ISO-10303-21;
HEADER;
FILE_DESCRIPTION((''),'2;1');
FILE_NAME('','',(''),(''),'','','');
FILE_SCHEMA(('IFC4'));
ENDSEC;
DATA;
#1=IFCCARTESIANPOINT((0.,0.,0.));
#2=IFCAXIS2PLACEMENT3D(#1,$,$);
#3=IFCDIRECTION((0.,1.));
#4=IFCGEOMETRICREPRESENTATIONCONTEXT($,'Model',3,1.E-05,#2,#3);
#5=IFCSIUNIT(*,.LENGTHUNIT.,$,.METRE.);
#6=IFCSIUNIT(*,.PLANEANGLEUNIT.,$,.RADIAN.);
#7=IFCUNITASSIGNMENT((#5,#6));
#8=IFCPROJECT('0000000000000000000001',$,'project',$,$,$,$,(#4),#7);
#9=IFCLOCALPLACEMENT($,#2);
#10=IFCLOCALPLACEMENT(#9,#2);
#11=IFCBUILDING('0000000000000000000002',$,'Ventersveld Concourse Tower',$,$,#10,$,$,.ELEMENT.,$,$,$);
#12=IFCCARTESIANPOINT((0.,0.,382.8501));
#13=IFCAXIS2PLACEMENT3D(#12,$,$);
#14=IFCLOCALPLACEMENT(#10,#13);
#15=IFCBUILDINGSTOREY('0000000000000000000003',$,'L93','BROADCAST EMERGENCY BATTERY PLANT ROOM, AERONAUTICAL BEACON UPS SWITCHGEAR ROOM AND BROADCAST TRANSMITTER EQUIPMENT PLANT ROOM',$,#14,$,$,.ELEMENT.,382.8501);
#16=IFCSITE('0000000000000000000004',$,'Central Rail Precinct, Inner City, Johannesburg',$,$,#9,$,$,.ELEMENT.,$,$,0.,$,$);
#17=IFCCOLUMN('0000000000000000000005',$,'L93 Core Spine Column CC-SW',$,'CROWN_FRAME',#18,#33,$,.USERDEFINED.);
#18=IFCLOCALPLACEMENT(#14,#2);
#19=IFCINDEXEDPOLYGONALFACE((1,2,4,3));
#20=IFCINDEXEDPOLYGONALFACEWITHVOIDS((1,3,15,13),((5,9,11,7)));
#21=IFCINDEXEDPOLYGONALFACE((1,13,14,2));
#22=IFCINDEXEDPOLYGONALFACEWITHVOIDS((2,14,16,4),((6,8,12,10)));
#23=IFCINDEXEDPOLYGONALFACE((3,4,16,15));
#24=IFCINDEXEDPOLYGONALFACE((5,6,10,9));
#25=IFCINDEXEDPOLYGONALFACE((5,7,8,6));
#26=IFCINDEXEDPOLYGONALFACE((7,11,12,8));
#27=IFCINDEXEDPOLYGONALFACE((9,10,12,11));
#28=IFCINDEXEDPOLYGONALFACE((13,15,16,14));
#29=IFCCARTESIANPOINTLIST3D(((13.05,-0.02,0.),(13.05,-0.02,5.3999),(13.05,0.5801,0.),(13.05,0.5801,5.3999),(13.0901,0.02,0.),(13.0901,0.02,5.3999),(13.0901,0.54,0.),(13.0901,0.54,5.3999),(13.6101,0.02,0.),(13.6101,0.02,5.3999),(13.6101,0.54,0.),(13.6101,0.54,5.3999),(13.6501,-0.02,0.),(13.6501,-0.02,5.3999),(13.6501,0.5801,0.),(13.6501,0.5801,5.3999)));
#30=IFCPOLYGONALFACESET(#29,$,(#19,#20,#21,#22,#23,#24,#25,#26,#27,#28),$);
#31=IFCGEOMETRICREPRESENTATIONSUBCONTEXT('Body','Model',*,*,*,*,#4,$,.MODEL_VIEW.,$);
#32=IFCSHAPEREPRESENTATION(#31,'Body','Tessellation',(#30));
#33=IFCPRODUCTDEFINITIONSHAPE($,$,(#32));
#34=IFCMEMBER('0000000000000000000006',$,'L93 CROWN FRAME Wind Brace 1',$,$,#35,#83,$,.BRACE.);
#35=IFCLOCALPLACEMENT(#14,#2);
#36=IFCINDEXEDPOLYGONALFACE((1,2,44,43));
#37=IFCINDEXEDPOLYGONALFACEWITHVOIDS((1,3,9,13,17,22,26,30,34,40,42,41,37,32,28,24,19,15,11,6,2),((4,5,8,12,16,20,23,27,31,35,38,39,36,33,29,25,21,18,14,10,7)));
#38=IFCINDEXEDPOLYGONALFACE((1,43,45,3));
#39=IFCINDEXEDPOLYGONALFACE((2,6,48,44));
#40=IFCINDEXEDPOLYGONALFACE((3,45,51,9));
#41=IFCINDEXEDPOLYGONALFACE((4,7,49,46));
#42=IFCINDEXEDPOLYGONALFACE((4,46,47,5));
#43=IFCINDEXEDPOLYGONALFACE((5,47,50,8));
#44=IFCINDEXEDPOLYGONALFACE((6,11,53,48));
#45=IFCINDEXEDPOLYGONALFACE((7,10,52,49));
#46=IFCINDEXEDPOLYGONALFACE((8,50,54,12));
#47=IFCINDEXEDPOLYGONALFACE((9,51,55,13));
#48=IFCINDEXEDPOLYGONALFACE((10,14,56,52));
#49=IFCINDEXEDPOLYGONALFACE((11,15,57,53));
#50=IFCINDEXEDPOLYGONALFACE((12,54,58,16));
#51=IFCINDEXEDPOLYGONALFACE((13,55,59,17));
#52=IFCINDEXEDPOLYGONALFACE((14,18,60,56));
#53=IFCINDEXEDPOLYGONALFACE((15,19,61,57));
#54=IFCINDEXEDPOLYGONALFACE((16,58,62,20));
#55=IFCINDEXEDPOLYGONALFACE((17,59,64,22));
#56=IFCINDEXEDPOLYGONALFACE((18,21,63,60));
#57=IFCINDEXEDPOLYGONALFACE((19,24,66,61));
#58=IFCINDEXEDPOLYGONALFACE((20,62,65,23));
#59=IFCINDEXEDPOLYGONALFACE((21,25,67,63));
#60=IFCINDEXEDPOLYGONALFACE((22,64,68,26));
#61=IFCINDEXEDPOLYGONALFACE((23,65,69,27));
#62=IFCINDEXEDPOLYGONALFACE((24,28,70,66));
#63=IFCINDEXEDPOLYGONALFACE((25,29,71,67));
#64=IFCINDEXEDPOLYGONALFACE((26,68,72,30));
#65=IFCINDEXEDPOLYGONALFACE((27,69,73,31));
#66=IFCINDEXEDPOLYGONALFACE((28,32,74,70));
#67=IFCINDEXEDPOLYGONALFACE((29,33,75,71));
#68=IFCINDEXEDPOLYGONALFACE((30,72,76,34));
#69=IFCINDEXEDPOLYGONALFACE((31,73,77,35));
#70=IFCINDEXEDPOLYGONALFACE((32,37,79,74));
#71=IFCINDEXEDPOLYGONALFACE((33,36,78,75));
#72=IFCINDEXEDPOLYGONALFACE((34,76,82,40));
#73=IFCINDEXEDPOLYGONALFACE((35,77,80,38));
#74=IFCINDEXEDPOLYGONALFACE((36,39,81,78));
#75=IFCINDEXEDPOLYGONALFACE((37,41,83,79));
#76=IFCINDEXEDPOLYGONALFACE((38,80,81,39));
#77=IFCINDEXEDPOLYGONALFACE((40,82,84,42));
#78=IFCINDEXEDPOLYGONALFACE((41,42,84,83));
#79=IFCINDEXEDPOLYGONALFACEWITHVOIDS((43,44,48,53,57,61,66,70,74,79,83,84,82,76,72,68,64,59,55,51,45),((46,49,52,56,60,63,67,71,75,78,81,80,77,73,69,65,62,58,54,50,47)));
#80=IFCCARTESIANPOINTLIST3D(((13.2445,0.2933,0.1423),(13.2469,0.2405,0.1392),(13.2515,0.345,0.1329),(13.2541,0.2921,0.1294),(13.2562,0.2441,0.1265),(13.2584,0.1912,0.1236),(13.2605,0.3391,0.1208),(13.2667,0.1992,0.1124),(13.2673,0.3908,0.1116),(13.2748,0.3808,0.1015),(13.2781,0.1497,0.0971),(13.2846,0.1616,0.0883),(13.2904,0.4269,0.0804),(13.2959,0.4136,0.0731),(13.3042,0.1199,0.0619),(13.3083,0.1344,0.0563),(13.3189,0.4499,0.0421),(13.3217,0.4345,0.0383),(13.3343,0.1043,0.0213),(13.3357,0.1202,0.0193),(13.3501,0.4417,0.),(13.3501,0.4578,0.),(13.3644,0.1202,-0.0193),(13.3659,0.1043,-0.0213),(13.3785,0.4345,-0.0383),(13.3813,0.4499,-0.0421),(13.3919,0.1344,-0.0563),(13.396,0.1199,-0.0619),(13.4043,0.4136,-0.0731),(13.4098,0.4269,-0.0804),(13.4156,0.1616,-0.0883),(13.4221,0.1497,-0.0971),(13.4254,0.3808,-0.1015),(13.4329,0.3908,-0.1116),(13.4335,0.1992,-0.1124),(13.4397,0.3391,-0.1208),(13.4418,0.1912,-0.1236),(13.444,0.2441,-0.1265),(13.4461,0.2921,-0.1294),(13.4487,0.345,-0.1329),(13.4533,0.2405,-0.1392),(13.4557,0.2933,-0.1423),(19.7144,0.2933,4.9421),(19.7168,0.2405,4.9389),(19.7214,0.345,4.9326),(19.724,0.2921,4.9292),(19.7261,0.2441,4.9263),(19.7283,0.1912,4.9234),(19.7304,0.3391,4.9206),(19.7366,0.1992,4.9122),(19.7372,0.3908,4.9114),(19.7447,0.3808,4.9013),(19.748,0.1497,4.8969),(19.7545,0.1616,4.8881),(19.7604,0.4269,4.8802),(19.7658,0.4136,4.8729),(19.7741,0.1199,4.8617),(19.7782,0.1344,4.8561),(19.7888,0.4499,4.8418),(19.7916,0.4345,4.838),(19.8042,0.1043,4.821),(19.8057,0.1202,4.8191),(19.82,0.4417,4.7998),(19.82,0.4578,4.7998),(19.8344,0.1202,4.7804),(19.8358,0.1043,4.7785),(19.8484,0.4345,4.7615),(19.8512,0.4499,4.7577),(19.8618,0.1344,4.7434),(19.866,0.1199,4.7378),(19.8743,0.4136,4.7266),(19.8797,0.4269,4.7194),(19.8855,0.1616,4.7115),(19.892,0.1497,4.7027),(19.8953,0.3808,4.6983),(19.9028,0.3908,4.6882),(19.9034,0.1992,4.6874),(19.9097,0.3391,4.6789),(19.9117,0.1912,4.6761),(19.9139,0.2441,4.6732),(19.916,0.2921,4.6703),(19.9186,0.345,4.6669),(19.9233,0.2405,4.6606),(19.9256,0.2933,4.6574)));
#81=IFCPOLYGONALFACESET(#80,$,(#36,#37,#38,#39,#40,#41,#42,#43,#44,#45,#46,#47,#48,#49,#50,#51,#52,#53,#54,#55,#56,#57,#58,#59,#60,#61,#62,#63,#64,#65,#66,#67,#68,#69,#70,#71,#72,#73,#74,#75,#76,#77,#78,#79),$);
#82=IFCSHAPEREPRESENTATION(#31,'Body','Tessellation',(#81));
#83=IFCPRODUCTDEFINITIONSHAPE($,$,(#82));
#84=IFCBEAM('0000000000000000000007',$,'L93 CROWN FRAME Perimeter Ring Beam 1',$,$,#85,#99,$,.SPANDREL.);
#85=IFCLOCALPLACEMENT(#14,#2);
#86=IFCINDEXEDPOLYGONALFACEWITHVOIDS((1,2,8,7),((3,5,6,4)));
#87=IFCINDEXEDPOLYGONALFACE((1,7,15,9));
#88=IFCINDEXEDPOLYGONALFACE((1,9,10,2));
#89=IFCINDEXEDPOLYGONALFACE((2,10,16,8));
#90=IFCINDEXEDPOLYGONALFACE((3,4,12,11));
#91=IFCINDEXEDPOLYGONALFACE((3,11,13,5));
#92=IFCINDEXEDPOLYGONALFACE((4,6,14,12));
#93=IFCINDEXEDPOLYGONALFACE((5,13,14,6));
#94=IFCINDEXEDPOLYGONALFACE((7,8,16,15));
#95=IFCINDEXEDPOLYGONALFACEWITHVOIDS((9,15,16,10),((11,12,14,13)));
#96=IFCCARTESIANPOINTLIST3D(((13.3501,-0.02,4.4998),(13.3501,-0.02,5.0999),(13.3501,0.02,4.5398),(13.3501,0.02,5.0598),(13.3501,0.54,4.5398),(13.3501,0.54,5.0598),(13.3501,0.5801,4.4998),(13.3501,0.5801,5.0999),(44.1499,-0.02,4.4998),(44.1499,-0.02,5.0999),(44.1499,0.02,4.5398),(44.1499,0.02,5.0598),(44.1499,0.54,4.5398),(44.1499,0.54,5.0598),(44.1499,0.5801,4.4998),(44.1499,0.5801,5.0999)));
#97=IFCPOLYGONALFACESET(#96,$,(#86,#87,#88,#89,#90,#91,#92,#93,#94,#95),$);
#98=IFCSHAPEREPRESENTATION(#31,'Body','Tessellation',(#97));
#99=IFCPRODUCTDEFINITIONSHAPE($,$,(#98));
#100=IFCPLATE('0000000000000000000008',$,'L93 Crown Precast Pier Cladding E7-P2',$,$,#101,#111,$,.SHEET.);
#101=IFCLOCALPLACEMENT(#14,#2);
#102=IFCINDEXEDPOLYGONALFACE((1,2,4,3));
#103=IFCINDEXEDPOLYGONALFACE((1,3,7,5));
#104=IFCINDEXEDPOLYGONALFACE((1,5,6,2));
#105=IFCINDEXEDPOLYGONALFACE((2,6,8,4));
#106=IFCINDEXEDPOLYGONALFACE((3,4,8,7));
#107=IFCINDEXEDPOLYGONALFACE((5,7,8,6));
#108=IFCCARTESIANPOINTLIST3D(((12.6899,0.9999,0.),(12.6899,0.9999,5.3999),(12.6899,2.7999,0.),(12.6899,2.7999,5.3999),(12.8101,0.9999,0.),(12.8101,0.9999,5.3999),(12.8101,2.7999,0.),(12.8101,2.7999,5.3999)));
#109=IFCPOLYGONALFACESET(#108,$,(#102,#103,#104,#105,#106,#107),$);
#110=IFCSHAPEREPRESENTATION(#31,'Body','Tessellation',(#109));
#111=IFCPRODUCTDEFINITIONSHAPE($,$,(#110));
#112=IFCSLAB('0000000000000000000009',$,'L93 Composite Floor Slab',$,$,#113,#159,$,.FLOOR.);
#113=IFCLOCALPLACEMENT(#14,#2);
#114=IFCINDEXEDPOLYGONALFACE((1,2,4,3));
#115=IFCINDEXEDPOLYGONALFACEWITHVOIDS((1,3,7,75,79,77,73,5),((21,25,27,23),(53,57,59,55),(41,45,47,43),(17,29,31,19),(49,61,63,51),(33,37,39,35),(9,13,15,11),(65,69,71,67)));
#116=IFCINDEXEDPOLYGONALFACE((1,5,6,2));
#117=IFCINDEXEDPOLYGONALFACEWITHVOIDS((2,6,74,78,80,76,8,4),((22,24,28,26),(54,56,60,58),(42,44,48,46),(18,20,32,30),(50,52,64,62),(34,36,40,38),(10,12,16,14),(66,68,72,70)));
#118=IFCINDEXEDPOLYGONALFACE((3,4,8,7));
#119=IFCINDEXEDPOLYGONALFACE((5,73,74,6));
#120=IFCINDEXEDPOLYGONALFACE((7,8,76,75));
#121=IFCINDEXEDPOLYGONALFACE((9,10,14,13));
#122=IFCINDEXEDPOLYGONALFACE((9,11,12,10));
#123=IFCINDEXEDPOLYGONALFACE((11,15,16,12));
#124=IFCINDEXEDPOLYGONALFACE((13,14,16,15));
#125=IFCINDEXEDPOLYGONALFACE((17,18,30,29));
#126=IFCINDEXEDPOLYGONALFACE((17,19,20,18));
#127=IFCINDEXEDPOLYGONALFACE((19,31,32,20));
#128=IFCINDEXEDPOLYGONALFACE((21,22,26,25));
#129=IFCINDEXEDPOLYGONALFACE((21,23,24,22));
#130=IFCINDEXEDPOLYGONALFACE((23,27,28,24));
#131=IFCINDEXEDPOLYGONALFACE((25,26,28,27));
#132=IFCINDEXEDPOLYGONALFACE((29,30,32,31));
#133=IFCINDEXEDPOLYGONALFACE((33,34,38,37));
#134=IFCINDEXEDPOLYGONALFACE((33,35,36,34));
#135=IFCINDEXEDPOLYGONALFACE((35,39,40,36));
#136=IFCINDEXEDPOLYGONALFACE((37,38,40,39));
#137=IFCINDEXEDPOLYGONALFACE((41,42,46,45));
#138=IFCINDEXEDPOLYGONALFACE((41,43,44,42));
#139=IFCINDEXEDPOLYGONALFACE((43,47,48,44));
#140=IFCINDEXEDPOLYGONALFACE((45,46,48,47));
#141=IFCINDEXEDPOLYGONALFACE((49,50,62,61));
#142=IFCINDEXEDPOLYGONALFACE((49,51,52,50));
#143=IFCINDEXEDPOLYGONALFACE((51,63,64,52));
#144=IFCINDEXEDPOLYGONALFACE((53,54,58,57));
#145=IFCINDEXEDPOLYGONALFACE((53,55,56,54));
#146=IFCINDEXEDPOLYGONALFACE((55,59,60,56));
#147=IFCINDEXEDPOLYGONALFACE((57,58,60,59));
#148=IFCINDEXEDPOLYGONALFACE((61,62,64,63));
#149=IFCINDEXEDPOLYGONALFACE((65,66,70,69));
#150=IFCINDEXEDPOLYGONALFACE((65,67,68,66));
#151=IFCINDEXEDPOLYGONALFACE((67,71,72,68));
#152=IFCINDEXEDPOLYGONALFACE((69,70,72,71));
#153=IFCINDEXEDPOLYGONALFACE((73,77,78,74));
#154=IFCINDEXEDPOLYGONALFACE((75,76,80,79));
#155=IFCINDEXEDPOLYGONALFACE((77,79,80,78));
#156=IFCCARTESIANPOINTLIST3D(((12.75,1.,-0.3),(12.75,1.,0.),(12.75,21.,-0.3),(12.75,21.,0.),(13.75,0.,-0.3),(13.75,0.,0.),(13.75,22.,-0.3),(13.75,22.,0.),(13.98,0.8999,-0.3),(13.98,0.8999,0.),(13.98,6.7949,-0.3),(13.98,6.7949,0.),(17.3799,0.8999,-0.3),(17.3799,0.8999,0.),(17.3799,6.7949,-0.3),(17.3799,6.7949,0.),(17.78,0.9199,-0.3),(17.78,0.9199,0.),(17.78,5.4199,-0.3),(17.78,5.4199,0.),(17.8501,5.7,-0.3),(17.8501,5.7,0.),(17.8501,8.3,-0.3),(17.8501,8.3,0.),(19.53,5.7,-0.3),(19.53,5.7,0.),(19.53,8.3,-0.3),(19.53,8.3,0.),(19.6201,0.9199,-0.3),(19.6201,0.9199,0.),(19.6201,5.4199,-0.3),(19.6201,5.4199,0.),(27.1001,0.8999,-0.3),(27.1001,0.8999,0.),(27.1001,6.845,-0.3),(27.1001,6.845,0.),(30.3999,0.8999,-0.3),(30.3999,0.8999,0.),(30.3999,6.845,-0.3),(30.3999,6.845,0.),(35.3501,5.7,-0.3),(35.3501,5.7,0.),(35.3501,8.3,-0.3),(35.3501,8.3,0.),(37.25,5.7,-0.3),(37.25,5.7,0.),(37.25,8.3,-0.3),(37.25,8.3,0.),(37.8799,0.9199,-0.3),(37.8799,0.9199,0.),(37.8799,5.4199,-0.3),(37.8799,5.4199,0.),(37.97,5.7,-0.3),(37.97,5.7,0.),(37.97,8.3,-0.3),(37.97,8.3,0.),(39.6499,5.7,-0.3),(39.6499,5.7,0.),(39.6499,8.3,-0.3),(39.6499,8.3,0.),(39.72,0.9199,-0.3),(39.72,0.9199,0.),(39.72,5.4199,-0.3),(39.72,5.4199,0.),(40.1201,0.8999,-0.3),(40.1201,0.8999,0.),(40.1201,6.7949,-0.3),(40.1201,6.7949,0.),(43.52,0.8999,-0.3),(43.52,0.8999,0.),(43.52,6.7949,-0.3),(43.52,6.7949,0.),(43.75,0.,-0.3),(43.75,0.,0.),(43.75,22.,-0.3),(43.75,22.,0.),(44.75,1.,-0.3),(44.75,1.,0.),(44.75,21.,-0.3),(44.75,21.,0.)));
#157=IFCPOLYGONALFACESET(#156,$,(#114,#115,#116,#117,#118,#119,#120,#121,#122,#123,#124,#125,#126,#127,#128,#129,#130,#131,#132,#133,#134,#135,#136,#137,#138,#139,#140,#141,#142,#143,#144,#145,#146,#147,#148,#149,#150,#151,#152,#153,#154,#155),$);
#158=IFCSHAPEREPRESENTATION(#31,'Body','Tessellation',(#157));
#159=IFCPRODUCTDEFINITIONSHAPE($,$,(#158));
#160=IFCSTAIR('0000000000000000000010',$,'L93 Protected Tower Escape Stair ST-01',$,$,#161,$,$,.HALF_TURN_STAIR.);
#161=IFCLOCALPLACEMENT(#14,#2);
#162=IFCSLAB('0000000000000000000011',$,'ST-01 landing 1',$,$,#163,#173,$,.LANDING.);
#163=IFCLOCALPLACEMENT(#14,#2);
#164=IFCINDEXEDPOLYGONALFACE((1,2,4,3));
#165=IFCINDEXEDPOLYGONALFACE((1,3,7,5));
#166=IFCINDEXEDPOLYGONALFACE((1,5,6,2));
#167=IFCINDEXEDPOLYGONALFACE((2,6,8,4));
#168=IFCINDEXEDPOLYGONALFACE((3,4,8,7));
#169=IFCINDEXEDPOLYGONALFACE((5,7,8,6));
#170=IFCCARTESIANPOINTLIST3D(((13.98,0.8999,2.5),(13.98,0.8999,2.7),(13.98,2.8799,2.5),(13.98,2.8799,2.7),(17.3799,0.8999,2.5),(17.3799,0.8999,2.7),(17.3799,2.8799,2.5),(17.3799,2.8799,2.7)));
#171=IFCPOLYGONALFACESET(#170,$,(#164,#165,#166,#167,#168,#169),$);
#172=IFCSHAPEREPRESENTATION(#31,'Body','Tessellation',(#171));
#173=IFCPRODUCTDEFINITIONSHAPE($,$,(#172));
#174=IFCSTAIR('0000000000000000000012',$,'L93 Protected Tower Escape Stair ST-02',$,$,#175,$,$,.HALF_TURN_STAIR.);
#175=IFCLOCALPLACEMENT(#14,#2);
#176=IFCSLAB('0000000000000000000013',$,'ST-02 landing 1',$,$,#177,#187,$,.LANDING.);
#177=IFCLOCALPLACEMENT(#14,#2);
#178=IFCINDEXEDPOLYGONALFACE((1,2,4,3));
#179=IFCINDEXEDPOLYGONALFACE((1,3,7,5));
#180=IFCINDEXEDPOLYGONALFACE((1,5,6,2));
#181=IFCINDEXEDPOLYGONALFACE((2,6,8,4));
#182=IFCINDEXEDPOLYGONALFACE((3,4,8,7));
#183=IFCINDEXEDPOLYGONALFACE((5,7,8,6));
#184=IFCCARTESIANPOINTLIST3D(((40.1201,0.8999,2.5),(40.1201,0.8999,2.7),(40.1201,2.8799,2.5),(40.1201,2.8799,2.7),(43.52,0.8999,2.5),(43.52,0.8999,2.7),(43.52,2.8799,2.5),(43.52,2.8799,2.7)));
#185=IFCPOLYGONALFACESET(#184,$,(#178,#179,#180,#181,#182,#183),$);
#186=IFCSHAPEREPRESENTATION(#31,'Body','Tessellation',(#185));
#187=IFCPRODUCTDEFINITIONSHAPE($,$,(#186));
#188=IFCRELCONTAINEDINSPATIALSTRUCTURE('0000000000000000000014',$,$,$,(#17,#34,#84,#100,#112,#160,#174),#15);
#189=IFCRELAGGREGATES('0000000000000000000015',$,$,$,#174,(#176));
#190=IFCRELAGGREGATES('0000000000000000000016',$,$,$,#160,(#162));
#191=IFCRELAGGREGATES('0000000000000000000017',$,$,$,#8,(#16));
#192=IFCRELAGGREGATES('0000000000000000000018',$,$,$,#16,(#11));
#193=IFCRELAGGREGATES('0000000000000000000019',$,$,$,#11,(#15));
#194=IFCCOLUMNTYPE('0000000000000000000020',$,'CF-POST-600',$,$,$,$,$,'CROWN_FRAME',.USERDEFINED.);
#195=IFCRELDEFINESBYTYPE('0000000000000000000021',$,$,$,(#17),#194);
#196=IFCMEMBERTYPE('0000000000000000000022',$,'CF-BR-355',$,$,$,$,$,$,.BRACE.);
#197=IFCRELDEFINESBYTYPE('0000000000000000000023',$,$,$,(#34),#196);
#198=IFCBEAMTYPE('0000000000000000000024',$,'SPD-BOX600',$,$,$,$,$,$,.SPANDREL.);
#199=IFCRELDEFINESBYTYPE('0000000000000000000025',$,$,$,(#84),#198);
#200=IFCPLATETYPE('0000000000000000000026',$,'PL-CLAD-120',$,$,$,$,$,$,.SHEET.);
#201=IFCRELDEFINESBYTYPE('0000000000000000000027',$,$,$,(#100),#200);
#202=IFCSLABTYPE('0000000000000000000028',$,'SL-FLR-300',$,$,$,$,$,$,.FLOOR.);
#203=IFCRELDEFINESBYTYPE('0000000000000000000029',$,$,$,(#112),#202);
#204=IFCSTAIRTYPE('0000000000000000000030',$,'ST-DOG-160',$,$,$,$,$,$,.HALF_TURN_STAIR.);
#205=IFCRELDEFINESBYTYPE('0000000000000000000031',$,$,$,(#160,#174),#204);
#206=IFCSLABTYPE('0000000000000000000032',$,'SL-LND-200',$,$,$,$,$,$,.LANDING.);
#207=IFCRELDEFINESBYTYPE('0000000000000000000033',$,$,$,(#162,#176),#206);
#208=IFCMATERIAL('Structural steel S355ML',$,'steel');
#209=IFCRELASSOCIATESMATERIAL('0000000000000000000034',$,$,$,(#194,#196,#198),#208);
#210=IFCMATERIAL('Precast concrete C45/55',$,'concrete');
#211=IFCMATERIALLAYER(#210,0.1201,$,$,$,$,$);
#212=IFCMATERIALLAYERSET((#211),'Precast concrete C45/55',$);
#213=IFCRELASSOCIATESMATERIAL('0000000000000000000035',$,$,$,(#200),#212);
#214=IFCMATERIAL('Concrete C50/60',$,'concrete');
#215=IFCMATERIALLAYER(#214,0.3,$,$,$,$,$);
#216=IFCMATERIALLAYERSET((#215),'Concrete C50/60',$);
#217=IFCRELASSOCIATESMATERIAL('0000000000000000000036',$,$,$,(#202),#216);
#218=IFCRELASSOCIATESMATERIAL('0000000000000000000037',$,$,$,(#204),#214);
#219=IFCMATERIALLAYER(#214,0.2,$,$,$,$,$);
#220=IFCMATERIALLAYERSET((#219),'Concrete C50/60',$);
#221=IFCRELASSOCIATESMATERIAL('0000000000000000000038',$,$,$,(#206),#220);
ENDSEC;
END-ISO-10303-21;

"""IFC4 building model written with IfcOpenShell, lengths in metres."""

from ifc_helpers import new_model, si_unit, direction, frame, origin, origin_2d, place, context, subcontext, project, spatial, polyline, rectangle, hollow_rectangle, hollow_circle, outline, extrude, material, layer, layer_set, material_profile, profile_set, type_object, element, aggregate, save


model = new_model("IFC4")

# Units and contexts
model_context = context("Model", 3, precision=1e-05, world=origin(), true_north=direction((0.0, 1.0)))
body_context = subcontext(model_context, "Body", "Model", "MODEL_VIEW")
ifc_project = project(units=[si_unit("LENGTHUNIT", "METRE"), si_unit("PLANEANGLEUNIT", "RADIAN")], contexts=[model_context])

# Site, building, storey
site_placement = place(None, origin())
site = spatial("IfcSite", under=ifc_project, at=site_placement, Name="Central Rail Precinct, Inner City, Johannesburg", CompositionType="ELEMENT", RefElevation=0.0)
building_placement = place(site_placement, origin())
building = spatial("IfcBuilding", under=site, at=building_placement, Name="Ventersveld Concourse Tower", CompositionType="ELEMENT")
storey_placement = place(building_placement, frame((0.0, 0.0, 382.8501)))
storey = spatial("IfcBuildingStorey", under=building, at=storey_placement, Name="L93", Description="BROADCAST EMERGENCY BATTERY PLANT ROOM, AERONAUTICAL BEACON UPS SWITCHGEAR ROOM AND BROADCAST TRANSMITTER EQUIPMENT PLANT ROOM", CompositionType="ELEMENT", Elevation=382.8501)

# Column
ifc_material_1 = material(Name="Structural steel S355ML", Category="steel")
ifc_material_profile_1 = material_profile(ifc_material_1, hollow_rectangle(XDim=0.6001, YDim=0.6001, WallThickness=0.04, at=origin_2d()), Name="BOX 600x600x40")
ifc_profile_set_1 = profile_set([ifc_material_profile_1], Name="Structural steel S355ML")
column_type = type_object("IfcColumnType", Name="CF-POST-600", ElementType="CROWN_FRAME", PredefinedType="USERDEFINED", material=ifc_profile_set_1)
column_placement = place(storey_placement, frame((13.3501, 0.28, 0.0), z_axis=(0.0, 0.0, 1.0), x_axis=(1.0, 0.0, 0.0)))
element("IfcColumn", 1, at=column_placement, inside=storey, type_object=column_type, Name="L93 Core Spine Column CC-SW", ObjectType="CROWN_FRAME", PredefinedType="USERDEFINED", context=body_context, shape_type="SweptSolid", body=[
    extrude(hollow_rectangle(XDim=0.6001, YDim=0.6001, WallThickness=0.04, at=origin_2d()), origin(), (0.0, 0.0, 1.0), 5.3999),
])

# Member
ifc_material_profile_2 = material_profile(ifc_material_1, hollow_circle(Radius=0.1777, WallThickness=0.0161, at=origin_2d()), Name="CHS 355.6x16")
ifc_profile_set_2 = profile_set([ifc_material_profile_2], Name="Structural steel S355ML")
member_type = type_object("IfcMemberType", Name="CF-BR-355", PredefinedType="BRACE", material=ifc_profile_set_2)
member_placement = place(storey_placement, frame((13.3501, 0.28, 0.0), z_axis=(0.803127, 0.0, 0.595807), x_axis=(0.0, 1.0, 0.0)))
element("IfcMember", 2, at=member_placement, inside=storey, type_object=member_type, Name="L93 CROWN FRAME Wind Brace 1", PredefinedType="BRACE", context=body_context, shape_type="SweptSolid", body=[
    extrude(hollow_circle(Radius=0.1777, WallThickness=0.0161, at=origin_2d()), origin(), (0.0, 0.0, 1.0), 8.0559),
])

# Beam
ifc_material_profile_3 = material_profile(ifc_material_1, hollow_rectangle(XDim=0.6001, YDim=0.6001, WallThickness=0.04, at=origin_2d()), Name="BOX 600x600x40")
ifc_profile_set_3 = profile_set([ifc_material_profile_3], Name="Structural steel S355ML")
beam_type = type_object("IfcBeamType", Name="SPD-BOX600", PredefinedType="SPANDREL", material=ifc_profile_set_3)
beam_placement = place(storey_placement, frame((13.3501, 0.28, 4.7998), z_axis=(1.0, 0.0, 0.0), x_axis=(0.0, 1.0, 0.0)))
element("IfcBeam", 3, at=beam_placement, inside=storey, type_object=beam_type, Name="L93 CROWN FRAME Perimeter Ring Beam 1", PredefinedType="SPANDREL", context=body_context, shape_type="SweptSolid", body=[
    extrude(hollow_rectangle(XDim=0.6001, YDim=0.6001, WallThickness=0.04, at=origin_2d()), origin(), (0.0, 0.0, 1.0), 30.7998),
])

# Plate
ifc_material_2 = material(Name="Precast concrete C45/55", Category="concrete")
ifc_layer_1 = layer(ifc_material_2, 0.1201)
ifc_layer_set_1 = layer_set([ifc_layer_1], Name="Precast concrete C45/55")
plate_type = type_object("IfcPlateType", Name="PL-CLAD-120", PredefinedType="SHEET", material=ifc_layer_set_1)
plate_placement = place(storey_placement, frame((12.75, 1.8999, 0.0), z_axis=(0.0, 0.0, 1.0), x_axis=(0.0, -1.0, 0.0)))
element("IfcPlate", 4, at=plate_placement, inside=storey, type_object=plate_type, Name="L93 Crown Precast Pier Cladding E7-P2", PredefinedType="SHEET", context=body_context, shape_type="SweptSolid", body=[
    extrude(rectangle(XDim=1.8, YDim=0.1201, at=origin_2d()), origin(), (0.0, 0.0, 1.0), 5.3999),
])

# Slab
ifc_material_3 = material(Name="Concrete C50/60", Category="concrete")
ifc_layer_2 = layer(ifc_material_3, 0.3)
ifc_layer_set_2 = layer_set([ifc_layer_2], Name="Concrete C50/60")
slab_type_1 = type_object("IfcSlabType", Name="SL-FLR-300", PredefinedType="FLOOR", material=ifc_layer_set_2)
slab_1_placement = place(storey_placement, frame((0.0, 0.0, -0.3)))
element("IfcSlab", 5, at=slab_1_placement, inside=storey, type_object=slab_type_1, Name="L93 Composite Floor Slab", PredefinedType="FLOOR", context=body_context, shape_type="SweptSolid", body=[
    extrude(outline(polyline([(13.75, 0.0), (43.75, 0.0), (44.75, 1.0), (44.75, 21.0), (43.75, 22.0), (13.75, 22.0), (12.75, 21.0), (12.75, 1.0), (13.75, 0.0)]), holes=[polyline([(13.98, 6.7949), (13.98, 0.8999), (17.3799, 0.8999), (17.3799, 6.7949), (13.98, 6.7949)]), polyline([(40.1201, 6.7949), (40.1201, 0.8999), (43.52, 0.8999), (43.52, 6.7949), (40.1201, 6.7949)]), polyline([(27.1001, 6.845), (27.1001, 0.8999), (30.3999, 0.8999), (30.3999, 6.845), (27.1001, 6.845)]), polyline([(17.8501, 5.7), (19.53, 5.7), (19.53, 8.3), (17.8501, 8.3), (17.8501, 5.7)]), polyline([(37.97, 5.7), (39.6499, 5.7), (39.6499, 8.3), (37.97, 8.3), (37.97, 5.7)]), polyline([(35.3501, 5.7), (37.25, 5.7), (37.25, 8.3), (35.3501, 8.3), (35.3501, 5.7)]), polyline([(17.78, 0.9199), (19.6201, 0.9199), (19.6201, 5.4199), (17.78, 5.4199), (17.78, 0.9199)]), polyline([(37.8799, 0.9199), (39.72, 0.9199), (39.72, 5.4199), (37.8799, 5.4199), (37.8799, 0.9199)])]), origin(), (0.0, 0.0, 1.0), 0.3),
])

# Stairs, slabs
stair_type_1 = type_object("IfcStairType", Name="ST-DOG-160", PredefinedType="HALF_TURN_STAIR", material=ifc_material_3)
stair_1_placement = place(storey_placement, origin())
stair_1 = element("IfcStair", 6, at=stair_1_placement, inside=storey, type_object=stair_type_1, Name="L93 Protected Tower Escape Stair ST-01", PredefinedType="HALF_TURN_STAIR")
ifc_layer_3 = layer(ifc_material_3, 0.2)
ifc_layer_set_3 = layer_set([ifc_layer_3], Name="Concrete C50/60")
slab_type_2 = type_object("IfcSlabType", Name="SL-LND-200", PredefinedType="LANDING", material=ifc_layer_set_3)
slab_2_placement = place(storey_placement, frame((0.0, 0.0, 2.5)))
slab_2 = element("IfcSlab", 7, at=slab_2_placement, type_object=slab_type_2, Name="ST-01 landing 1", PredefinedType="LANDING", context=body_context, shape_type="SweptSolid", body=[
    extrude(outline(polyline([(13.98, 2.8799), (13.98, 0.8999), (17.3799, 0.8999), (17.3799, 2.8799), (13.98, 2.8799)])), origin(), (0.0, 0.0, 1.0), 0.2),
])
stair_2_placement = place(storey_placement, origin())
stair_2 = element("IfcStair", 8, at=stair_2_placement, inside=storey, type_object=stair_type_1, Name="L93 Protected Tower Escape Stair ST-02", PredefinedType="HALF_TURN_STAIR")
slab_3_placement = place(storey_placement, frame((0.0, 0.0, 2.5)))
slab_3 = element("IfcSlab", 9, at=slab_3_placement, type_object=slab_type_2, Name="ST-02 landing 1", PredefinedType="LANDING", context=body_context, shape_type="SweptSolid", body=[
    extrude(outline(polyline([(40.1201, 2.8799), (40.1201, 0.8999), (43.52, 0.8999), (43.52, 2.8799), (40.1201, 2.8799)])), origin(), (0.0, 0.0, 1.0), 0.2),
])
aggregate(stair_2, [slab_3])

aggregate(stair_1, [slab_2])

save(model, "model.ifc")
